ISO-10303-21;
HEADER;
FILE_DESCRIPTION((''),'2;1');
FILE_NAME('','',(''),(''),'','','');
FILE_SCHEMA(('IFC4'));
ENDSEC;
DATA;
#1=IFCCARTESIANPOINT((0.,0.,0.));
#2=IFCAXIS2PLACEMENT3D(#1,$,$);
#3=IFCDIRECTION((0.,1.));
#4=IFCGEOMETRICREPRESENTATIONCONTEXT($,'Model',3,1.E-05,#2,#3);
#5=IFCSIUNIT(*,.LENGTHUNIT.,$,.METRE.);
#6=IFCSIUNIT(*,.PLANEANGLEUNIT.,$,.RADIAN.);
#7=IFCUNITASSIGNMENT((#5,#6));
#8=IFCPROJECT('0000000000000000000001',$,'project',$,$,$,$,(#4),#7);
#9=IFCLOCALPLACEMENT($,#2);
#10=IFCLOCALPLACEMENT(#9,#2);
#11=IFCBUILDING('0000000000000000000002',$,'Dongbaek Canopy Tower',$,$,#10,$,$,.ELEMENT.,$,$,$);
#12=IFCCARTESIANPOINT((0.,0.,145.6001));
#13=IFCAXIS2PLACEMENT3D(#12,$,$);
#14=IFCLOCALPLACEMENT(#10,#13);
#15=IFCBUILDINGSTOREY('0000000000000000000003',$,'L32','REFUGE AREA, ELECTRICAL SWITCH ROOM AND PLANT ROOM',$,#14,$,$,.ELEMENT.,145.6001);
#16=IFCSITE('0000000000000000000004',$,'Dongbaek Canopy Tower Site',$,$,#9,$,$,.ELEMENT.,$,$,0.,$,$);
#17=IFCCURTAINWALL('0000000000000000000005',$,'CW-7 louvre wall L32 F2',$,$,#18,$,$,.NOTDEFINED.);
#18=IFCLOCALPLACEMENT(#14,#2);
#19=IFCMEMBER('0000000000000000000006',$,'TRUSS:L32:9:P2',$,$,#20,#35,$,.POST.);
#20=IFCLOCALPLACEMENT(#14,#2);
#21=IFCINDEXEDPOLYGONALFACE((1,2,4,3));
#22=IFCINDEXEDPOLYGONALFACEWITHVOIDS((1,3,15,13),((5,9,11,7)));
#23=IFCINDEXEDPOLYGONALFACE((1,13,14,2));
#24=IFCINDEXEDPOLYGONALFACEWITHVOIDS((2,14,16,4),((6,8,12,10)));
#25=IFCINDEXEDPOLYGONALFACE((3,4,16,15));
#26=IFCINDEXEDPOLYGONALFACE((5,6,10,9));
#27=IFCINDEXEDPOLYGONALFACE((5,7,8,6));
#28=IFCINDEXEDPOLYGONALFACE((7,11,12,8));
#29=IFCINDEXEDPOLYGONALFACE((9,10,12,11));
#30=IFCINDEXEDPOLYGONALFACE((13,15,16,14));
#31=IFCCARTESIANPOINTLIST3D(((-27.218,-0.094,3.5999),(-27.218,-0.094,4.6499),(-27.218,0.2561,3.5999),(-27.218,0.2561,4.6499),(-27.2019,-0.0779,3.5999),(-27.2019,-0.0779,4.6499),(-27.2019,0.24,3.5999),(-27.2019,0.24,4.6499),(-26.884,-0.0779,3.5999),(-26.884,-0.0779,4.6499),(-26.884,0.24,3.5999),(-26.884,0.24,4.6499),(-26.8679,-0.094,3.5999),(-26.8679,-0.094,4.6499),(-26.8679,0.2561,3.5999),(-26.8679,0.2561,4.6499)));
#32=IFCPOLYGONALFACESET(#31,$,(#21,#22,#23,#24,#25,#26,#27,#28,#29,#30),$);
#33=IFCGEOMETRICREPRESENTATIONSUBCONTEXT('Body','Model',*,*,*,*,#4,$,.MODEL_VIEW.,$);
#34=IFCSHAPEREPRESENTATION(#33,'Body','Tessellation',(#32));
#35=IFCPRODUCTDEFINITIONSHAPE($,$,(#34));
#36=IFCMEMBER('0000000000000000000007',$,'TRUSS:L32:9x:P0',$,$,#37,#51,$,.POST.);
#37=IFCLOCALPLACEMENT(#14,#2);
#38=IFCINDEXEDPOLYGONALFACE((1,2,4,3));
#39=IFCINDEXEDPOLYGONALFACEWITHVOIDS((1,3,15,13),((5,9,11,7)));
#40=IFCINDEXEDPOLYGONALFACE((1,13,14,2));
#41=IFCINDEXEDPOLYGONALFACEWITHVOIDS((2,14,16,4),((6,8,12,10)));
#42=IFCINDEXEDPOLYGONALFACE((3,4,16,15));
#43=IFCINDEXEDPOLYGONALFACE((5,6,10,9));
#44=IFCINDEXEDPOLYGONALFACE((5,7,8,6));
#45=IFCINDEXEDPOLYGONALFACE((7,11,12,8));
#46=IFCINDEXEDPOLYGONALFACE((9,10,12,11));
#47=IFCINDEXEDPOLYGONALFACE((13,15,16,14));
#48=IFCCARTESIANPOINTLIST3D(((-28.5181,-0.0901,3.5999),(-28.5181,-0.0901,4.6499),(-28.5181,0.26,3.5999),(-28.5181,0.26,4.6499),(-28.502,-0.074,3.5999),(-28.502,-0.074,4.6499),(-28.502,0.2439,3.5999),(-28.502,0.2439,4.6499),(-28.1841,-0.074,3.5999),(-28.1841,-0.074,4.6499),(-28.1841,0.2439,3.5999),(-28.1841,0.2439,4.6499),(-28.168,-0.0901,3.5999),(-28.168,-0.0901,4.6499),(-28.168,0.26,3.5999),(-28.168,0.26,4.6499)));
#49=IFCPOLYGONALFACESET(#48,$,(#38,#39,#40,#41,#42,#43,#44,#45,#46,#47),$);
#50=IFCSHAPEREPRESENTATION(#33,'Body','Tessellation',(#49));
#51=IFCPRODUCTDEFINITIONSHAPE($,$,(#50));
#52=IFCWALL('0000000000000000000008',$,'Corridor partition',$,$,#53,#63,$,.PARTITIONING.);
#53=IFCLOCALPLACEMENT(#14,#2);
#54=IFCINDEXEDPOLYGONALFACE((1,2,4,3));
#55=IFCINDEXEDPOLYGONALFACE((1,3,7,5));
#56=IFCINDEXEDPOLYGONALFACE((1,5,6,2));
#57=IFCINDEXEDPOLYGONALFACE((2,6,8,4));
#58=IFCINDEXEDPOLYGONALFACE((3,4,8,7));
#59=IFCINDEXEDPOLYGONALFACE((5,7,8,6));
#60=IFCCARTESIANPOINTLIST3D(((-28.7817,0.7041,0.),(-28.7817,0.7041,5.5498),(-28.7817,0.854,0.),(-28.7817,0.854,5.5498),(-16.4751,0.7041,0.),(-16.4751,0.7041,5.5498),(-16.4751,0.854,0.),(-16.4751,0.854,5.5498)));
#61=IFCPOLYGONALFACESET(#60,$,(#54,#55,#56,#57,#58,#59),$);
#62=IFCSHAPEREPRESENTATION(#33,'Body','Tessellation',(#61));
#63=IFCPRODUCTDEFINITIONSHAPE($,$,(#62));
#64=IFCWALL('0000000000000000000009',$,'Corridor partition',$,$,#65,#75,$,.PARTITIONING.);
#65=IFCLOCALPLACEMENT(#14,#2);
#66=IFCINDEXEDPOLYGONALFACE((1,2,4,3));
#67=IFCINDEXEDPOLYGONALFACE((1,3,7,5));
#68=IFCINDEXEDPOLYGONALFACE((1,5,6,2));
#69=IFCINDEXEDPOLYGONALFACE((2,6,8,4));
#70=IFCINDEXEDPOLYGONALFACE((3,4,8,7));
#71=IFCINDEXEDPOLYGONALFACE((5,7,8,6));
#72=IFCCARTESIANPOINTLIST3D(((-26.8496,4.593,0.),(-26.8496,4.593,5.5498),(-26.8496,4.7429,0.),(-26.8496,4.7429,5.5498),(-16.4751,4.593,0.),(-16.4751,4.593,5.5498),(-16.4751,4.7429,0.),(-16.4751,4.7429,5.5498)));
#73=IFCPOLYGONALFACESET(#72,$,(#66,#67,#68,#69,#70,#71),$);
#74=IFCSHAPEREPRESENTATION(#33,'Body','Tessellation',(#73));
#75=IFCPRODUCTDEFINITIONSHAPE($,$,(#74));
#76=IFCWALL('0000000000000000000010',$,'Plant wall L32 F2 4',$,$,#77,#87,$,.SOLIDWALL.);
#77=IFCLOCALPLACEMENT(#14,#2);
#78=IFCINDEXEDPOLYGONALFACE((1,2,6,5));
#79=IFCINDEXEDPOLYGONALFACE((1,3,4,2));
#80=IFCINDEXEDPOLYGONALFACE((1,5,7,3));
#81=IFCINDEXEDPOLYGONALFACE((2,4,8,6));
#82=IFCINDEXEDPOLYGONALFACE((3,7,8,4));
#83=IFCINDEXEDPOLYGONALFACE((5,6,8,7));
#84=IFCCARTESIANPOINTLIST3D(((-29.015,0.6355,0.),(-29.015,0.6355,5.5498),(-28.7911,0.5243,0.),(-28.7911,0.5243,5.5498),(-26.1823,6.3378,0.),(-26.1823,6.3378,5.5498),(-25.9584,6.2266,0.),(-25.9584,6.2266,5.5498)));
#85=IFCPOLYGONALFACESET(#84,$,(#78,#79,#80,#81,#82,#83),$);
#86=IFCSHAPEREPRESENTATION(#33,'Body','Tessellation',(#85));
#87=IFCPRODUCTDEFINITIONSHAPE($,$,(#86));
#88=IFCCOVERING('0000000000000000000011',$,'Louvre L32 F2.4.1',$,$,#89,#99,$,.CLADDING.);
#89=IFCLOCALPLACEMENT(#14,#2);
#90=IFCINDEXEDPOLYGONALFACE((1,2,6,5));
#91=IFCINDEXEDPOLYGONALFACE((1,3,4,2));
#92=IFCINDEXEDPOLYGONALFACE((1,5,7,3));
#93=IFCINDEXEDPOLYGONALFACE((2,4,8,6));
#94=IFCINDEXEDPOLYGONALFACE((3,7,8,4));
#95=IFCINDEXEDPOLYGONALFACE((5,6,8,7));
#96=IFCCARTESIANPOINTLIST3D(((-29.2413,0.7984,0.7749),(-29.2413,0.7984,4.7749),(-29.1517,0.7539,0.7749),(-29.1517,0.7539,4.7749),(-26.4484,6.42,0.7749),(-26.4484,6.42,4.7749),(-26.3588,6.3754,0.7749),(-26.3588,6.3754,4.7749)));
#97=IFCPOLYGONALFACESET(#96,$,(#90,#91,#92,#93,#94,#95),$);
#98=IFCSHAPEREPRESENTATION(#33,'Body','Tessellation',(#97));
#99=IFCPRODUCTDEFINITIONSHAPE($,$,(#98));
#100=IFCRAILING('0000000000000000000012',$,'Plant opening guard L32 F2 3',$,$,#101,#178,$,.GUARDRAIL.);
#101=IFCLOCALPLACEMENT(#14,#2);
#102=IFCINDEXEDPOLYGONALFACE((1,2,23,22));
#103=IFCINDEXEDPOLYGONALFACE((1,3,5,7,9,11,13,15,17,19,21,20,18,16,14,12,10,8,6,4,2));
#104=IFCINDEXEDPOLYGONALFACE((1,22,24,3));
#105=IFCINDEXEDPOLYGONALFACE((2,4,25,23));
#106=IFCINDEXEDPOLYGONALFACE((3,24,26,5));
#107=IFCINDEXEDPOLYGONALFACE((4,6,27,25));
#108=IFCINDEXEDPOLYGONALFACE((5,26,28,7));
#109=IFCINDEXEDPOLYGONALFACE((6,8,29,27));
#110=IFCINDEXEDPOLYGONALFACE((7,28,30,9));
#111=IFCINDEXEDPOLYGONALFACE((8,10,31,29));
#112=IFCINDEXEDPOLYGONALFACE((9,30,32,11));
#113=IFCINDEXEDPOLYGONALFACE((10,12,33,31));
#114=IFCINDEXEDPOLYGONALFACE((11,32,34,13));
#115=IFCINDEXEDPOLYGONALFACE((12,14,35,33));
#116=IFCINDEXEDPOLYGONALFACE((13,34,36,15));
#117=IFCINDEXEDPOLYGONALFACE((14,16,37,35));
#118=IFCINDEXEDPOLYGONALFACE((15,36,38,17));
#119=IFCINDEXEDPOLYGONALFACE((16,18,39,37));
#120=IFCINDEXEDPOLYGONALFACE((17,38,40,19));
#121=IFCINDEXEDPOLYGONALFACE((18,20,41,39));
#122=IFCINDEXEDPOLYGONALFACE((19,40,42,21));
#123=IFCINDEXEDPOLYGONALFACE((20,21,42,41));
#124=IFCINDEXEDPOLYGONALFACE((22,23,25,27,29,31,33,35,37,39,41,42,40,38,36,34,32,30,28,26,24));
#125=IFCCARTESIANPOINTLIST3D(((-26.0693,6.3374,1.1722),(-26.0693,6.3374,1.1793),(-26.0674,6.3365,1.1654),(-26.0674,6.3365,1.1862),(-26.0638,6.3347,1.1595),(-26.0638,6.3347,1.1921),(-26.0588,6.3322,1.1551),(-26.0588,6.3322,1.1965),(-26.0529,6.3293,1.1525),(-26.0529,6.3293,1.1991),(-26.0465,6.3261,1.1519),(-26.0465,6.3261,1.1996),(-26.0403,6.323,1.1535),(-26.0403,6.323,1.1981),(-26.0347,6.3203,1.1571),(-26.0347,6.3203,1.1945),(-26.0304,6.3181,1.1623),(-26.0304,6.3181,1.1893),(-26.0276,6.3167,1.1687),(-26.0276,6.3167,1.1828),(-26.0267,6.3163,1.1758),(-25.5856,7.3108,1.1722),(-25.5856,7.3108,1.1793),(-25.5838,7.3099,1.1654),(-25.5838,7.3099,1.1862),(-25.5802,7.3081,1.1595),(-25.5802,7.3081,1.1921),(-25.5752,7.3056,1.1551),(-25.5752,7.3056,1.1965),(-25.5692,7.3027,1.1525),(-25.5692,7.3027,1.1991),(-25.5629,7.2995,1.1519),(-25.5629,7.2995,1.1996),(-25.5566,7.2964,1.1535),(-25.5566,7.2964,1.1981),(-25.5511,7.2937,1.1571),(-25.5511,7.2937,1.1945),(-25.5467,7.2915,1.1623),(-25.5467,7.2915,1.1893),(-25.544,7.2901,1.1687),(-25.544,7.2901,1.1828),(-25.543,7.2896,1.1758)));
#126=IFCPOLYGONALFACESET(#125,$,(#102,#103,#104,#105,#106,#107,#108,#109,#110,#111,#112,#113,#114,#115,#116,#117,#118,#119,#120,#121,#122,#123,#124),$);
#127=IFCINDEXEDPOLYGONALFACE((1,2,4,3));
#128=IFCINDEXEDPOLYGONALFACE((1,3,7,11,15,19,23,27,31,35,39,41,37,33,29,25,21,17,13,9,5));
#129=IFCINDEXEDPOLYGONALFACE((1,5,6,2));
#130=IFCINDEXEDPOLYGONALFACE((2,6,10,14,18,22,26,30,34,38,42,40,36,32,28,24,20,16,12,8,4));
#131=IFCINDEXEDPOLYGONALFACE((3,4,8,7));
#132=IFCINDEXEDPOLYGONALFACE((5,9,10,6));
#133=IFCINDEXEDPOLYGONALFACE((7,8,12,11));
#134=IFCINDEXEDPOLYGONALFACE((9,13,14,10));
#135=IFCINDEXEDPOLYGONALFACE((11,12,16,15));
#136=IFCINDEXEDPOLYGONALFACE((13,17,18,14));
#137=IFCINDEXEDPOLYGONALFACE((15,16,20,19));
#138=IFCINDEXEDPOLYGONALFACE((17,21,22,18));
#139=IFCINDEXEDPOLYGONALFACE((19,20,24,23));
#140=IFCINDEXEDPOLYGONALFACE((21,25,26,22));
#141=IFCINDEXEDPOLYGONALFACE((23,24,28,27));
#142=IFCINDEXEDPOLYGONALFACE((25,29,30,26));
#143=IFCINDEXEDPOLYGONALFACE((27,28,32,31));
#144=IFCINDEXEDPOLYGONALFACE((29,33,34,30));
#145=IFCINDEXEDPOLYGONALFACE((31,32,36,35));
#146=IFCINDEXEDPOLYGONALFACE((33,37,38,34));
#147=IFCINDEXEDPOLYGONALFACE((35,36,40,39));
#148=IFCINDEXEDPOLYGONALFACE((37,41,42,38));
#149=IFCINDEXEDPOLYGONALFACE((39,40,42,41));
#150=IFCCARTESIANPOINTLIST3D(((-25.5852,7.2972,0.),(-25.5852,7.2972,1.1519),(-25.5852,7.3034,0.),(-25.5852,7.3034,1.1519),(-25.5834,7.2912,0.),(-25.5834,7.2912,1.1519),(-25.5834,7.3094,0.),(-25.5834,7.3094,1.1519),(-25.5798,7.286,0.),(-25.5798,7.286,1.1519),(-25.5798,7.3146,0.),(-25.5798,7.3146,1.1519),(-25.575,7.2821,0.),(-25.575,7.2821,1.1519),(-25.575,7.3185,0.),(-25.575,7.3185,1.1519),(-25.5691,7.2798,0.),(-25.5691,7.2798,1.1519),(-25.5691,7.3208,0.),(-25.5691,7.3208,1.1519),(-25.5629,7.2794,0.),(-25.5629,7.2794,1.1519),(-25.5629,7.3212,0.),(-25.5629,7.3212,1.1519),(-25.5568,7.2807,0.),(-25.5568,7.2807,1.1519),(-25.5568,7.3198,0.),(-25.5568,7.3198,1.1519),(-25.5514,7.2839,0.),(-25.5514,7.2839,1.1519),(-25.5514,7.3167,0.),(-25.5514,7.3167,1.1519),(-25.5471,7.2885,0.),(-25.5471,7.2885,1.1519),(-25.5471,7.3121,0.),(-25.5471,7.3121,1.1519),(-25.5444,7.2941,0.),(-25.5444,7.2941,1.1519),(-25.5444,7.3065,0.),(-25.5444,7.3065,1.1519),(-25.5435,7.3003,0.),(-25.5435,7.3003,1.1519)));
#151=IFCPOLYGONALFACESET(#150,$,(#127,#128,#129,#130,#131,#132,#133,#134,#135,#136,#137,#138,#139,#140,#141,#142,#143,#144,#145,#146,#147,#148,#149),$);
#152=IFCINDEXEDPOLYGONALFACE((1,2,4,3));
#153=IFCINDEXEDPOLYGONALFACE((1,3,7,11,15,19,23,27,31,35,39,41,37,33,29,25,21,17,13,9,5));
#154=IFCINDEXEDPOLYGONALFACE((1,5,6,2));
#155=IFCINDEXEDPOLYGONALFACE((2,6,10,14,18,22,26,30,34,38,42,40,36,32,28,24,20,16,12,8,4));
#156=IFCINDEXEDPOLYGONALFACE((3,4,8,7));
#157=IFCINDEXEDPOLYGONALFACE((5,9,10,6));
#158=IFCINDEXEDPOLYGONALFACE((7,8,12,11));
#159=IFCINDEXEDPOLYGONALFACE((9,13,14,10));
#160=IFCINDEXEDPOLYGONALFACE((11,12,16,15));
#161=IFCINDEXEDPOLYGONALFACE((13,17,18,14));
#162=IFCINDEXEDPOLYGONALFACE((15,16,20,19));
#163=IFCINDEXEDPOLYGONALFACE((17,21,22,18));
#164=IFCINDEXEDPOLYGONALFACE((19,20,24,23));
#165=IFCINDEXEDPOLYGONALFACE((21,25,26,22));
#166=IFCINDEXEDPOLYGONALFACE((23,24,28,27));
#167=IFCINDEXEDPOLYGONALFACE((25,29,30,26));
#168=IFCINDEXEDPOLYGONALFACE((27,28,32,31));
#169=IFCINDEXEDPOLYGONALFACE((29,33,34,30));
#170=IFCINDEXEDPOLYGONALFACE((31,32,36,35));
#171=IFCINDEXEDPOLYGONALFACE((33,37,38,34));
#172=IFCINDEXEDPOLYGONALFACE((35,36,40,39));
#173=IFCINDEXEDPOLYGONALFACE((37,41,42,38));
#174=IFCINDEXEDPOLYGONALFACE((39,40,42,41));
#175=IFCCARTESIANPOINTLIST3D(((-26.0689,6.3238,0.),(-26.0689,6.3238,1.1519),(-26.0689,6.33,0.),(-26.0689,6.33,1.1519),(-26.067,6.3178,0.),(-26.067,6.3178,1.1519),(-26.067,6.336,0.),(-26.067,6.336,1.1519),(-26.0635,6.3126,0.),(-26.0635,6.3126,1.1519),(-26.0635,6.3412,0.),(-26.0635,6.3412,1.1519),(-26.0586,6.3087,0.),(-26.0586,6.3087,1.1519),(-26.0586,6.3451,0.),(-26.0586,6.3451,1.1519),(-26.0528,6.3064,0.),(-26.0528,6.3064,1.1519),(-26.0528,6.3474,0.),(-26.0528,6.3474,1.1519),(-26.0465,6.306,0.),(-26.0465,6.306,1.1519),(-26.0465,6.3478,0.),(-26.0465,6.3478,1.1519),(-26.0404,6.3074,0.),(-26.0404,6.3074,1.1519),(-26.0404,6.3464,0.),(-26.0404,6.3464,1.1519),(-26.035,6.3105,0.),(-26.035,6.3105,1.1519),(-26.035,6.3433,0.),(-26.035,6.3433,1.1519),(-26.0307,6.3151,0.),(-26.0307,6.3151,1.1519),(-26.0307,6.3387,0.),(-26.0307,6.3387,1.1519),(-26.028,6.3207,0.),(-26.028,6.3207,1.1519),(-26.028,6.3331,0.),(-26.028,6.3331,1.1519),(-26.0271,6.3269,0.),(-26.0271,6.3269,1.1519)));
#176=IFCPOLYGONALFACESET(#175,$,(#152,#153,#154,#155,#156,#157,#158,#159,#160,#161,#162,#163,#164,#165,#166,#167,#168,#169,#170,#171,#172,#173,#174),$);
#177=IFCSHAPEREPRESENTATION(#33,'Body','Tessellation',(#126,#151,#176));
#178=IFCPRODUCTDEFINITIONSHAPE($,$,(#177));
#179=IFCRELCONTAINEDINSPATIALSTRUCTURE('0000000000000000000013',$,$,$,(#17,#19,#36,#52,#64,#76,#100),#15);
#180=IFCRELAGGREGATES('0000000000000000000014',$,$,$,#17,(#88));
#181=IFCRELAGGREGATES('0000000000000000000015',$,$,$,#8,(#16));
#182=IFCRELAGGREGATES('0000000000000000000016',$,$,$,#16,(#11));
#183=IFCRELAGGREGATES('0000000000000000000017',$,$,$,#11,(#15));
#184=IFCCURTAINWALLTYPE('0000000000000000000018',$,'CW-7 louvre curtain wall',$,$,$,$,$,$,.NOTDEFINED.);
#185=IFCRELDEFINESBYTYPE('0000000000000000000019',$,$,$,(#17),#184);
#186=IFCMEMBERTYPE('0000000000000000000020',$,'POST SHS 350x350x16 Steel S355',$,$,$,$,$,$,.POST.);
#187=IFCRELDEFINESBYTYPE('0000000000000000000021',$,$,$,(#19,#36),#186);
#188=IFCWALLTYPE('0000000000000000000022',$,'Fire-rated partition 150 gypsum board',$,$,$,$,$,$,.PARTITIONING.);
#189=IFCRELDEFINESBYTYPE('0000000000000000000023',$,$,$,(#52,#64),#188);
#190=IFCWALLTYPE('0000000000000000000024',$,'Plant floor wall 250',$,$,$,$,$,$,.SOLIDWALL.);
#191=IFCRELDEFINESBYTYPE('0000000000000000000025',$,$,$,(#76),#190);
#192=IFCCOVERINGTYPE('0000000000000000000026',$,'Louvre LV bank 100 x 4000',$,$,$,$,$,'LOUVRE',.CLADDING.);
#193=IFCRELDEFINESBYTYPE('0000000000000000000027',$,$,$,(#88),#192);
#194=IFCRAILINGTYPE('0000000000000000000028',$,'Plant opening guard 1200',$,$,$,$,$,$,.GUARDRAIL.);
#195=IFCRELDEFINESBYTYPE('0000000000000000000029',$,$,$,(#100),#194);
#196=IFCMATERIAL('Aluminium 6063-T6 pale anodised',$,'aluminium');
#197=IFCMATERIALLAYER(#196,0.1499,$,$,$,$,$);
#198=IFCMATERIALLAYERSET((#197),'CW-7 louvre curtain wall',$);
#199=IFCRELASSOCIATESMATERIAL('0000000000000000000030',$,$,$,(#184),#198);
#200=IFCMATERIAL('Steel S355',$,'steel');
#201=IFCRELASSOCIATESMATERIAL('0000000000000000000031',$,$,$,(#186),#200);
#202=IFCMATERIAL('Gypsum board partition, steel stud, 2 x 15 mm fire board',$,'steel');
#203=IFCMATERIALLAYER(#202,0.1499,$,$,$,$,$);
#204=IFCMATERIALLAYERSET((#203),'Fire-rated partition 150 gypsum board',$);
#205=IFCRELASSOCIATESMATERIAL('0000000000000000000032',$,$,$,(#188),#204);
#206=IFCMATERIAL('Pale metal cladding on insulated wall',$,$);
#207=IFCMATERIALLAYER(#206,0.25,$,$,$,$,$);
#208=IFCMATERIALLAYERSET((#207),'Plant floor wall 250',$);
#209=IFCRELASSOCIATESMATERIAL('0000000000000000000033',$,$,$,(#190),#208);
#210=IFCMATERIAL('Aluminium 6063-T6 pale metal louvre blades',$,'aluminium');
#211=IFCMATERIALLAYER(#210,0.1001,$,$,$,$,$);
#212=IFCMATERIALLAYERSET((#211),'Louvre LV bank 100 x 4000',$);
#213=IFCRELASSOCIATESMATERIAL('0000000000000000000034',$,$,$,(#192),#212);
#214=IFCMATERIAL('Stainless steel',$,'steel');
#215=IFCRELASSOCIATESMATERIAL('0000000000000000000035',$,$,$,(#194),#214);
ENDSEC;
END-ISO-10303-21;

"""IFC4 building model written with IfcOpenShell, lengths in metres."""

from ifc_helpers import new_model, si_unit, direction, frame, frame_2d, origin, origin_2d, place, context, subcontext, project, spatial, rectangle, hollow_rectangle, circle, extrude, material, layer, layer_set, material_profile, profile_set, type_object, element, aggregate, save


model = new_model("IFC4")

# Units and contexts
model_context = context("Model", 3, precision=1e-05, world=origin(), true_north=direction((0.0, 1.0)))
body_context = subcontext(model_context, "Body", "Model", "MODEL_VIEW")
ifc_project = project(units=[si_unit("LENGTHUNIT", "METRE"), si_unit("PLANEANGLEUNIT", "RADIAN")], contexts=[model_context])

# Site, building, storey
site_placement = place(None, origin())
site = spatial("IfcSite", under=ifc_project, at=site_placement, Name="Dongbaek Canopy Tower Site", CompositionType="ELEMENT", RefElevation=0.0)
building_placement = place(site_placement, origin())
building = spatial("IfcBuilding", under=site, at=building_placement, Name="Dongbaek Canopy Tower", CompositionType="ELEMENT")
storey_placement = place(building_placement, frame((0.0, 0.0, 145.6001)))
storey = spatial("IfcBuildingStorey", under=building, at=storey_placement, Name="L32", Description="REFUGE AREA, ELECTRICAL SWITCH ROOM AND PLANT ROOM", CompositionType="ELEMENT", Elevation=145.6001)

# Curtain wall
ifc_material_1 = material(Name="Aluminium 6063-T6 pale anodised", Category="aluminium")
ifc_layer_1 = layer(ifc_material_1, 0.1499)
ifc_layer_set_1 = layer_set([ifc_layer_1], Name="CW-7 louvre curtain wall")
curtain_wall_type = type_object("IfcCurtainWallType", Name="CW-7 louvre curtain wall", PredefinedType="NOTDEFINED", material=ifc_layer_set_1)
curtain_wall_placement = place(storey_placement, origin())
curtain_wall = element("IfcCurtainWall", 1, at=curtain_wall_placement, inside=storey, type_object=curtain_wall_type, Name="CW-7 louvre wall L32 F2", PredefinedType="NOTDEFINED")

# Members
ifc_material_2 = material(Name="Steel S355", Category="steel")
ifc_material_profile_1 = material_profile(ifc_material_2, hollow_rectangle(XDim=0.3501, YDim=0.3501, WallThickness=0.0161, at=origin_2d()), Name="POST SHS 350x350x16 Steel S355")
ifc_profile_set_1 = profile_set([ifc_material_profile_1], Name="Steel S355")
member_type_1 = type_object("IfcMemberType", Name="POST SHS 350x350x16 Steel S355", PredefinedType="POST", material=ifc_profile_set_1)
for number, where, z_axis, x_axis, name in (
    (2, (-27.043, 0.0811, 3.5999), (0.0, 0.0, 1.0), (1.0, 0.0, 0.0), "TRUSS:L32:9:P2"),
    (3, (-28.343, 0.085, 3.5999), (0.0, 0.0, 1.0), (1.0, 0.0, 0.0), "TRUSS:L32:9x:P0"),
):
    element("IfcMember", number, at=place(storey_placement, frame(where, z_axis=z_axis, x_axis=x_axis)), inside=storey, type_object=member_type_1, Name=name, PredefinedType="POST", context=body_context, shape_type="SweptSolid", body=[
        extrude(hollow_rectangle(XDim=0.3501, YDim=0.3501, WallThickness=0.0161, at=origin_2d()), origin(), (0.0, 0.0, 1.0), 1.05),
    ])

# Walls
ifc_material_3 = material(Name="Gypsum board partition, steel stud, 2 x 15 mm fire board", Category="steel")
ifc_layer_2 = layer(ifc_material_3, 0.1499)
ifc_layer_set_2 = layer_set([ifc_layer_2], Name="Fire-rated partition 150 gypsum board")
wall_type_1 = type_object("IfcWallType", Name="Fire-rated partition 150 gypsum board", PredefinedType="PARTITIONING", material=ifc_layer_set_2)
wall_1_placement = place(storey_placement, frame((-28.7817, 0.7791, 0.0), z_axis=(0.0, 0.0, 1.0), x_axis=(1.0, 0.0, 0.0)))
element("IfcWall", 4, at=wall_1_placement, inside=storey, type_object=wall_type_1, Name="Corridor partition", PredefinedType="PARTITIONING", context=body_context, shape_type="SweptSolid", body=[
    extrude(rectangle(XDim=12.3066, YDim=0.1499, at=frame_2d((6.1533, 0.0))), origin(), (0.0, 0.0, 1.0), 5.5498),
])
wall_2_placement = place(storey_placement, frame((-26.8496, 4.668, 0.0), z_axis=(0.0, 0.0, 1.0), x_axis=(1.0, 0.0, 0.0)))
element("IfcWall", 5, at=wall_2_placement, inside=storey, type_object=wall_type_1, Name="Corridor partition", PredefinedType="PARTITIONING", context=body_context, shape_type="SweptSolid", body=[
    extrude(rectangle(XDim=10.3745, YDim=0.1499, at=frame_2d((5.1873, 0.0))), origin(), (0.0, 0.0, 1.0), 5.5498),
])
ifc_material_4 = material(Name="Pale metal cladding on insulated wall")
ifc_layer_3 = layer(ifc_material_4, 0.25)
ifc_layer_set_3 = layer_set([ifc_layer_3], Name="Plant floor wall 250")
wall_type_2 = type_object("IfcWallType", Name="Plant floor wall 250", PredefinedType="SOLIDWALL", material=ifc_layer_set_3)
wall_3_placement = place(storey_placement, frame((-26.0703, 6.2822, 0.0), z_axis=(0.0, 0.0, 1.0), x_axis=(-0.444896, -0.895582, 0.0)))
element("IfcWall", 6, at=wall_3_placement, inside=storey, type_object=wall_type_2, Name="Plant wall L32 F2 4", PredefinedType="SOLIDWALL", context=body_context, shape_type="SweptSolid", body=[
    extrude(rectangle(XDim=6.3672, YDim=0.25, at=frame_2d((3.1836, 0.0))), origin(), (0.0, 0.0, 1.0), 5.5498),
])

# Covering
ifc_material_5 = material(Name="Aluminium 6063-T6 pale metal louvre blades", Category="aluminium")
ifc_layer_4 = layer(ifc_material_5, 0.1001)
ifc_layer_set_4 = layer_set([ifc_layer_4], Name="Louvre LV bank 100 x 4000")
covering_type = type_object("IfcCoveringType", Name="Louvre LV bank 100 x 4000", ElementType="LOUVRE", PredefinedType="CLADDING", material=ifc_layer_set_4)
covering_placement = place(storey_placement, frame((-27.8, 3.5869, 0.7749), z_axis=(0.0, 0.0, 1.0), x_axis=(-0.444929, -0.895566, 0.0)))
covering = element("IfcCovering", 7, at=covering_placement, type_object=covering_type, Name="Louvre L32 F2.4.1", PredefinedType="CLADDING", context=body_context, shape_type="SweptSolid", body=[
    extrude(rectangle(XDim=6.2771, YDim=0.1001, at=origin_2d()), origin(), (0.0, 0.0, 1.0), 4.0),
])

# Railing
ifc_material_6 = material(Name="Stainless steel", Category="steel")
railing_type = type_object("IfcRailingType", Name="Plant opening guard 1200", PredefinedType="GUARDRAIL", material=ifc_material_6)
railing_1_placement = place(storey_placement, frame((-25.5645, 7.3003, 0.0)))
element("IfcRailing", 8, at=railing_1_placement, inside=storey, type_object=railing_type, Name="Plant opening guard L32 F2 3", PredefinedType="GUARDRAIL", context=body_context, shape_type="SweptSolid", body=[
    extrude(circle(Radius=0.0239, at=origin_2d()), frame((0.0, 0.0, 1.1758), z_axis=(-0.444966, -0.895547, 0.0), x_axis=(0.895547, -0.444966, 0.0)), (0.0, 0.0, 1.0), 1.0869),
    extrude(circle(Radius=0.021, at=origin_2d()), origin(), (0.0, 0.0, 1.0), 1.1519),
    extrude(circle(Radius=0.021, at=origin_2d()), frame((-0.4836, -0.9734, 0.0)), (0.0, 0.0, 1.0), 1.1519),
])

aggregate(curtain_wall, [covering])

save(model, "model.ifc")
